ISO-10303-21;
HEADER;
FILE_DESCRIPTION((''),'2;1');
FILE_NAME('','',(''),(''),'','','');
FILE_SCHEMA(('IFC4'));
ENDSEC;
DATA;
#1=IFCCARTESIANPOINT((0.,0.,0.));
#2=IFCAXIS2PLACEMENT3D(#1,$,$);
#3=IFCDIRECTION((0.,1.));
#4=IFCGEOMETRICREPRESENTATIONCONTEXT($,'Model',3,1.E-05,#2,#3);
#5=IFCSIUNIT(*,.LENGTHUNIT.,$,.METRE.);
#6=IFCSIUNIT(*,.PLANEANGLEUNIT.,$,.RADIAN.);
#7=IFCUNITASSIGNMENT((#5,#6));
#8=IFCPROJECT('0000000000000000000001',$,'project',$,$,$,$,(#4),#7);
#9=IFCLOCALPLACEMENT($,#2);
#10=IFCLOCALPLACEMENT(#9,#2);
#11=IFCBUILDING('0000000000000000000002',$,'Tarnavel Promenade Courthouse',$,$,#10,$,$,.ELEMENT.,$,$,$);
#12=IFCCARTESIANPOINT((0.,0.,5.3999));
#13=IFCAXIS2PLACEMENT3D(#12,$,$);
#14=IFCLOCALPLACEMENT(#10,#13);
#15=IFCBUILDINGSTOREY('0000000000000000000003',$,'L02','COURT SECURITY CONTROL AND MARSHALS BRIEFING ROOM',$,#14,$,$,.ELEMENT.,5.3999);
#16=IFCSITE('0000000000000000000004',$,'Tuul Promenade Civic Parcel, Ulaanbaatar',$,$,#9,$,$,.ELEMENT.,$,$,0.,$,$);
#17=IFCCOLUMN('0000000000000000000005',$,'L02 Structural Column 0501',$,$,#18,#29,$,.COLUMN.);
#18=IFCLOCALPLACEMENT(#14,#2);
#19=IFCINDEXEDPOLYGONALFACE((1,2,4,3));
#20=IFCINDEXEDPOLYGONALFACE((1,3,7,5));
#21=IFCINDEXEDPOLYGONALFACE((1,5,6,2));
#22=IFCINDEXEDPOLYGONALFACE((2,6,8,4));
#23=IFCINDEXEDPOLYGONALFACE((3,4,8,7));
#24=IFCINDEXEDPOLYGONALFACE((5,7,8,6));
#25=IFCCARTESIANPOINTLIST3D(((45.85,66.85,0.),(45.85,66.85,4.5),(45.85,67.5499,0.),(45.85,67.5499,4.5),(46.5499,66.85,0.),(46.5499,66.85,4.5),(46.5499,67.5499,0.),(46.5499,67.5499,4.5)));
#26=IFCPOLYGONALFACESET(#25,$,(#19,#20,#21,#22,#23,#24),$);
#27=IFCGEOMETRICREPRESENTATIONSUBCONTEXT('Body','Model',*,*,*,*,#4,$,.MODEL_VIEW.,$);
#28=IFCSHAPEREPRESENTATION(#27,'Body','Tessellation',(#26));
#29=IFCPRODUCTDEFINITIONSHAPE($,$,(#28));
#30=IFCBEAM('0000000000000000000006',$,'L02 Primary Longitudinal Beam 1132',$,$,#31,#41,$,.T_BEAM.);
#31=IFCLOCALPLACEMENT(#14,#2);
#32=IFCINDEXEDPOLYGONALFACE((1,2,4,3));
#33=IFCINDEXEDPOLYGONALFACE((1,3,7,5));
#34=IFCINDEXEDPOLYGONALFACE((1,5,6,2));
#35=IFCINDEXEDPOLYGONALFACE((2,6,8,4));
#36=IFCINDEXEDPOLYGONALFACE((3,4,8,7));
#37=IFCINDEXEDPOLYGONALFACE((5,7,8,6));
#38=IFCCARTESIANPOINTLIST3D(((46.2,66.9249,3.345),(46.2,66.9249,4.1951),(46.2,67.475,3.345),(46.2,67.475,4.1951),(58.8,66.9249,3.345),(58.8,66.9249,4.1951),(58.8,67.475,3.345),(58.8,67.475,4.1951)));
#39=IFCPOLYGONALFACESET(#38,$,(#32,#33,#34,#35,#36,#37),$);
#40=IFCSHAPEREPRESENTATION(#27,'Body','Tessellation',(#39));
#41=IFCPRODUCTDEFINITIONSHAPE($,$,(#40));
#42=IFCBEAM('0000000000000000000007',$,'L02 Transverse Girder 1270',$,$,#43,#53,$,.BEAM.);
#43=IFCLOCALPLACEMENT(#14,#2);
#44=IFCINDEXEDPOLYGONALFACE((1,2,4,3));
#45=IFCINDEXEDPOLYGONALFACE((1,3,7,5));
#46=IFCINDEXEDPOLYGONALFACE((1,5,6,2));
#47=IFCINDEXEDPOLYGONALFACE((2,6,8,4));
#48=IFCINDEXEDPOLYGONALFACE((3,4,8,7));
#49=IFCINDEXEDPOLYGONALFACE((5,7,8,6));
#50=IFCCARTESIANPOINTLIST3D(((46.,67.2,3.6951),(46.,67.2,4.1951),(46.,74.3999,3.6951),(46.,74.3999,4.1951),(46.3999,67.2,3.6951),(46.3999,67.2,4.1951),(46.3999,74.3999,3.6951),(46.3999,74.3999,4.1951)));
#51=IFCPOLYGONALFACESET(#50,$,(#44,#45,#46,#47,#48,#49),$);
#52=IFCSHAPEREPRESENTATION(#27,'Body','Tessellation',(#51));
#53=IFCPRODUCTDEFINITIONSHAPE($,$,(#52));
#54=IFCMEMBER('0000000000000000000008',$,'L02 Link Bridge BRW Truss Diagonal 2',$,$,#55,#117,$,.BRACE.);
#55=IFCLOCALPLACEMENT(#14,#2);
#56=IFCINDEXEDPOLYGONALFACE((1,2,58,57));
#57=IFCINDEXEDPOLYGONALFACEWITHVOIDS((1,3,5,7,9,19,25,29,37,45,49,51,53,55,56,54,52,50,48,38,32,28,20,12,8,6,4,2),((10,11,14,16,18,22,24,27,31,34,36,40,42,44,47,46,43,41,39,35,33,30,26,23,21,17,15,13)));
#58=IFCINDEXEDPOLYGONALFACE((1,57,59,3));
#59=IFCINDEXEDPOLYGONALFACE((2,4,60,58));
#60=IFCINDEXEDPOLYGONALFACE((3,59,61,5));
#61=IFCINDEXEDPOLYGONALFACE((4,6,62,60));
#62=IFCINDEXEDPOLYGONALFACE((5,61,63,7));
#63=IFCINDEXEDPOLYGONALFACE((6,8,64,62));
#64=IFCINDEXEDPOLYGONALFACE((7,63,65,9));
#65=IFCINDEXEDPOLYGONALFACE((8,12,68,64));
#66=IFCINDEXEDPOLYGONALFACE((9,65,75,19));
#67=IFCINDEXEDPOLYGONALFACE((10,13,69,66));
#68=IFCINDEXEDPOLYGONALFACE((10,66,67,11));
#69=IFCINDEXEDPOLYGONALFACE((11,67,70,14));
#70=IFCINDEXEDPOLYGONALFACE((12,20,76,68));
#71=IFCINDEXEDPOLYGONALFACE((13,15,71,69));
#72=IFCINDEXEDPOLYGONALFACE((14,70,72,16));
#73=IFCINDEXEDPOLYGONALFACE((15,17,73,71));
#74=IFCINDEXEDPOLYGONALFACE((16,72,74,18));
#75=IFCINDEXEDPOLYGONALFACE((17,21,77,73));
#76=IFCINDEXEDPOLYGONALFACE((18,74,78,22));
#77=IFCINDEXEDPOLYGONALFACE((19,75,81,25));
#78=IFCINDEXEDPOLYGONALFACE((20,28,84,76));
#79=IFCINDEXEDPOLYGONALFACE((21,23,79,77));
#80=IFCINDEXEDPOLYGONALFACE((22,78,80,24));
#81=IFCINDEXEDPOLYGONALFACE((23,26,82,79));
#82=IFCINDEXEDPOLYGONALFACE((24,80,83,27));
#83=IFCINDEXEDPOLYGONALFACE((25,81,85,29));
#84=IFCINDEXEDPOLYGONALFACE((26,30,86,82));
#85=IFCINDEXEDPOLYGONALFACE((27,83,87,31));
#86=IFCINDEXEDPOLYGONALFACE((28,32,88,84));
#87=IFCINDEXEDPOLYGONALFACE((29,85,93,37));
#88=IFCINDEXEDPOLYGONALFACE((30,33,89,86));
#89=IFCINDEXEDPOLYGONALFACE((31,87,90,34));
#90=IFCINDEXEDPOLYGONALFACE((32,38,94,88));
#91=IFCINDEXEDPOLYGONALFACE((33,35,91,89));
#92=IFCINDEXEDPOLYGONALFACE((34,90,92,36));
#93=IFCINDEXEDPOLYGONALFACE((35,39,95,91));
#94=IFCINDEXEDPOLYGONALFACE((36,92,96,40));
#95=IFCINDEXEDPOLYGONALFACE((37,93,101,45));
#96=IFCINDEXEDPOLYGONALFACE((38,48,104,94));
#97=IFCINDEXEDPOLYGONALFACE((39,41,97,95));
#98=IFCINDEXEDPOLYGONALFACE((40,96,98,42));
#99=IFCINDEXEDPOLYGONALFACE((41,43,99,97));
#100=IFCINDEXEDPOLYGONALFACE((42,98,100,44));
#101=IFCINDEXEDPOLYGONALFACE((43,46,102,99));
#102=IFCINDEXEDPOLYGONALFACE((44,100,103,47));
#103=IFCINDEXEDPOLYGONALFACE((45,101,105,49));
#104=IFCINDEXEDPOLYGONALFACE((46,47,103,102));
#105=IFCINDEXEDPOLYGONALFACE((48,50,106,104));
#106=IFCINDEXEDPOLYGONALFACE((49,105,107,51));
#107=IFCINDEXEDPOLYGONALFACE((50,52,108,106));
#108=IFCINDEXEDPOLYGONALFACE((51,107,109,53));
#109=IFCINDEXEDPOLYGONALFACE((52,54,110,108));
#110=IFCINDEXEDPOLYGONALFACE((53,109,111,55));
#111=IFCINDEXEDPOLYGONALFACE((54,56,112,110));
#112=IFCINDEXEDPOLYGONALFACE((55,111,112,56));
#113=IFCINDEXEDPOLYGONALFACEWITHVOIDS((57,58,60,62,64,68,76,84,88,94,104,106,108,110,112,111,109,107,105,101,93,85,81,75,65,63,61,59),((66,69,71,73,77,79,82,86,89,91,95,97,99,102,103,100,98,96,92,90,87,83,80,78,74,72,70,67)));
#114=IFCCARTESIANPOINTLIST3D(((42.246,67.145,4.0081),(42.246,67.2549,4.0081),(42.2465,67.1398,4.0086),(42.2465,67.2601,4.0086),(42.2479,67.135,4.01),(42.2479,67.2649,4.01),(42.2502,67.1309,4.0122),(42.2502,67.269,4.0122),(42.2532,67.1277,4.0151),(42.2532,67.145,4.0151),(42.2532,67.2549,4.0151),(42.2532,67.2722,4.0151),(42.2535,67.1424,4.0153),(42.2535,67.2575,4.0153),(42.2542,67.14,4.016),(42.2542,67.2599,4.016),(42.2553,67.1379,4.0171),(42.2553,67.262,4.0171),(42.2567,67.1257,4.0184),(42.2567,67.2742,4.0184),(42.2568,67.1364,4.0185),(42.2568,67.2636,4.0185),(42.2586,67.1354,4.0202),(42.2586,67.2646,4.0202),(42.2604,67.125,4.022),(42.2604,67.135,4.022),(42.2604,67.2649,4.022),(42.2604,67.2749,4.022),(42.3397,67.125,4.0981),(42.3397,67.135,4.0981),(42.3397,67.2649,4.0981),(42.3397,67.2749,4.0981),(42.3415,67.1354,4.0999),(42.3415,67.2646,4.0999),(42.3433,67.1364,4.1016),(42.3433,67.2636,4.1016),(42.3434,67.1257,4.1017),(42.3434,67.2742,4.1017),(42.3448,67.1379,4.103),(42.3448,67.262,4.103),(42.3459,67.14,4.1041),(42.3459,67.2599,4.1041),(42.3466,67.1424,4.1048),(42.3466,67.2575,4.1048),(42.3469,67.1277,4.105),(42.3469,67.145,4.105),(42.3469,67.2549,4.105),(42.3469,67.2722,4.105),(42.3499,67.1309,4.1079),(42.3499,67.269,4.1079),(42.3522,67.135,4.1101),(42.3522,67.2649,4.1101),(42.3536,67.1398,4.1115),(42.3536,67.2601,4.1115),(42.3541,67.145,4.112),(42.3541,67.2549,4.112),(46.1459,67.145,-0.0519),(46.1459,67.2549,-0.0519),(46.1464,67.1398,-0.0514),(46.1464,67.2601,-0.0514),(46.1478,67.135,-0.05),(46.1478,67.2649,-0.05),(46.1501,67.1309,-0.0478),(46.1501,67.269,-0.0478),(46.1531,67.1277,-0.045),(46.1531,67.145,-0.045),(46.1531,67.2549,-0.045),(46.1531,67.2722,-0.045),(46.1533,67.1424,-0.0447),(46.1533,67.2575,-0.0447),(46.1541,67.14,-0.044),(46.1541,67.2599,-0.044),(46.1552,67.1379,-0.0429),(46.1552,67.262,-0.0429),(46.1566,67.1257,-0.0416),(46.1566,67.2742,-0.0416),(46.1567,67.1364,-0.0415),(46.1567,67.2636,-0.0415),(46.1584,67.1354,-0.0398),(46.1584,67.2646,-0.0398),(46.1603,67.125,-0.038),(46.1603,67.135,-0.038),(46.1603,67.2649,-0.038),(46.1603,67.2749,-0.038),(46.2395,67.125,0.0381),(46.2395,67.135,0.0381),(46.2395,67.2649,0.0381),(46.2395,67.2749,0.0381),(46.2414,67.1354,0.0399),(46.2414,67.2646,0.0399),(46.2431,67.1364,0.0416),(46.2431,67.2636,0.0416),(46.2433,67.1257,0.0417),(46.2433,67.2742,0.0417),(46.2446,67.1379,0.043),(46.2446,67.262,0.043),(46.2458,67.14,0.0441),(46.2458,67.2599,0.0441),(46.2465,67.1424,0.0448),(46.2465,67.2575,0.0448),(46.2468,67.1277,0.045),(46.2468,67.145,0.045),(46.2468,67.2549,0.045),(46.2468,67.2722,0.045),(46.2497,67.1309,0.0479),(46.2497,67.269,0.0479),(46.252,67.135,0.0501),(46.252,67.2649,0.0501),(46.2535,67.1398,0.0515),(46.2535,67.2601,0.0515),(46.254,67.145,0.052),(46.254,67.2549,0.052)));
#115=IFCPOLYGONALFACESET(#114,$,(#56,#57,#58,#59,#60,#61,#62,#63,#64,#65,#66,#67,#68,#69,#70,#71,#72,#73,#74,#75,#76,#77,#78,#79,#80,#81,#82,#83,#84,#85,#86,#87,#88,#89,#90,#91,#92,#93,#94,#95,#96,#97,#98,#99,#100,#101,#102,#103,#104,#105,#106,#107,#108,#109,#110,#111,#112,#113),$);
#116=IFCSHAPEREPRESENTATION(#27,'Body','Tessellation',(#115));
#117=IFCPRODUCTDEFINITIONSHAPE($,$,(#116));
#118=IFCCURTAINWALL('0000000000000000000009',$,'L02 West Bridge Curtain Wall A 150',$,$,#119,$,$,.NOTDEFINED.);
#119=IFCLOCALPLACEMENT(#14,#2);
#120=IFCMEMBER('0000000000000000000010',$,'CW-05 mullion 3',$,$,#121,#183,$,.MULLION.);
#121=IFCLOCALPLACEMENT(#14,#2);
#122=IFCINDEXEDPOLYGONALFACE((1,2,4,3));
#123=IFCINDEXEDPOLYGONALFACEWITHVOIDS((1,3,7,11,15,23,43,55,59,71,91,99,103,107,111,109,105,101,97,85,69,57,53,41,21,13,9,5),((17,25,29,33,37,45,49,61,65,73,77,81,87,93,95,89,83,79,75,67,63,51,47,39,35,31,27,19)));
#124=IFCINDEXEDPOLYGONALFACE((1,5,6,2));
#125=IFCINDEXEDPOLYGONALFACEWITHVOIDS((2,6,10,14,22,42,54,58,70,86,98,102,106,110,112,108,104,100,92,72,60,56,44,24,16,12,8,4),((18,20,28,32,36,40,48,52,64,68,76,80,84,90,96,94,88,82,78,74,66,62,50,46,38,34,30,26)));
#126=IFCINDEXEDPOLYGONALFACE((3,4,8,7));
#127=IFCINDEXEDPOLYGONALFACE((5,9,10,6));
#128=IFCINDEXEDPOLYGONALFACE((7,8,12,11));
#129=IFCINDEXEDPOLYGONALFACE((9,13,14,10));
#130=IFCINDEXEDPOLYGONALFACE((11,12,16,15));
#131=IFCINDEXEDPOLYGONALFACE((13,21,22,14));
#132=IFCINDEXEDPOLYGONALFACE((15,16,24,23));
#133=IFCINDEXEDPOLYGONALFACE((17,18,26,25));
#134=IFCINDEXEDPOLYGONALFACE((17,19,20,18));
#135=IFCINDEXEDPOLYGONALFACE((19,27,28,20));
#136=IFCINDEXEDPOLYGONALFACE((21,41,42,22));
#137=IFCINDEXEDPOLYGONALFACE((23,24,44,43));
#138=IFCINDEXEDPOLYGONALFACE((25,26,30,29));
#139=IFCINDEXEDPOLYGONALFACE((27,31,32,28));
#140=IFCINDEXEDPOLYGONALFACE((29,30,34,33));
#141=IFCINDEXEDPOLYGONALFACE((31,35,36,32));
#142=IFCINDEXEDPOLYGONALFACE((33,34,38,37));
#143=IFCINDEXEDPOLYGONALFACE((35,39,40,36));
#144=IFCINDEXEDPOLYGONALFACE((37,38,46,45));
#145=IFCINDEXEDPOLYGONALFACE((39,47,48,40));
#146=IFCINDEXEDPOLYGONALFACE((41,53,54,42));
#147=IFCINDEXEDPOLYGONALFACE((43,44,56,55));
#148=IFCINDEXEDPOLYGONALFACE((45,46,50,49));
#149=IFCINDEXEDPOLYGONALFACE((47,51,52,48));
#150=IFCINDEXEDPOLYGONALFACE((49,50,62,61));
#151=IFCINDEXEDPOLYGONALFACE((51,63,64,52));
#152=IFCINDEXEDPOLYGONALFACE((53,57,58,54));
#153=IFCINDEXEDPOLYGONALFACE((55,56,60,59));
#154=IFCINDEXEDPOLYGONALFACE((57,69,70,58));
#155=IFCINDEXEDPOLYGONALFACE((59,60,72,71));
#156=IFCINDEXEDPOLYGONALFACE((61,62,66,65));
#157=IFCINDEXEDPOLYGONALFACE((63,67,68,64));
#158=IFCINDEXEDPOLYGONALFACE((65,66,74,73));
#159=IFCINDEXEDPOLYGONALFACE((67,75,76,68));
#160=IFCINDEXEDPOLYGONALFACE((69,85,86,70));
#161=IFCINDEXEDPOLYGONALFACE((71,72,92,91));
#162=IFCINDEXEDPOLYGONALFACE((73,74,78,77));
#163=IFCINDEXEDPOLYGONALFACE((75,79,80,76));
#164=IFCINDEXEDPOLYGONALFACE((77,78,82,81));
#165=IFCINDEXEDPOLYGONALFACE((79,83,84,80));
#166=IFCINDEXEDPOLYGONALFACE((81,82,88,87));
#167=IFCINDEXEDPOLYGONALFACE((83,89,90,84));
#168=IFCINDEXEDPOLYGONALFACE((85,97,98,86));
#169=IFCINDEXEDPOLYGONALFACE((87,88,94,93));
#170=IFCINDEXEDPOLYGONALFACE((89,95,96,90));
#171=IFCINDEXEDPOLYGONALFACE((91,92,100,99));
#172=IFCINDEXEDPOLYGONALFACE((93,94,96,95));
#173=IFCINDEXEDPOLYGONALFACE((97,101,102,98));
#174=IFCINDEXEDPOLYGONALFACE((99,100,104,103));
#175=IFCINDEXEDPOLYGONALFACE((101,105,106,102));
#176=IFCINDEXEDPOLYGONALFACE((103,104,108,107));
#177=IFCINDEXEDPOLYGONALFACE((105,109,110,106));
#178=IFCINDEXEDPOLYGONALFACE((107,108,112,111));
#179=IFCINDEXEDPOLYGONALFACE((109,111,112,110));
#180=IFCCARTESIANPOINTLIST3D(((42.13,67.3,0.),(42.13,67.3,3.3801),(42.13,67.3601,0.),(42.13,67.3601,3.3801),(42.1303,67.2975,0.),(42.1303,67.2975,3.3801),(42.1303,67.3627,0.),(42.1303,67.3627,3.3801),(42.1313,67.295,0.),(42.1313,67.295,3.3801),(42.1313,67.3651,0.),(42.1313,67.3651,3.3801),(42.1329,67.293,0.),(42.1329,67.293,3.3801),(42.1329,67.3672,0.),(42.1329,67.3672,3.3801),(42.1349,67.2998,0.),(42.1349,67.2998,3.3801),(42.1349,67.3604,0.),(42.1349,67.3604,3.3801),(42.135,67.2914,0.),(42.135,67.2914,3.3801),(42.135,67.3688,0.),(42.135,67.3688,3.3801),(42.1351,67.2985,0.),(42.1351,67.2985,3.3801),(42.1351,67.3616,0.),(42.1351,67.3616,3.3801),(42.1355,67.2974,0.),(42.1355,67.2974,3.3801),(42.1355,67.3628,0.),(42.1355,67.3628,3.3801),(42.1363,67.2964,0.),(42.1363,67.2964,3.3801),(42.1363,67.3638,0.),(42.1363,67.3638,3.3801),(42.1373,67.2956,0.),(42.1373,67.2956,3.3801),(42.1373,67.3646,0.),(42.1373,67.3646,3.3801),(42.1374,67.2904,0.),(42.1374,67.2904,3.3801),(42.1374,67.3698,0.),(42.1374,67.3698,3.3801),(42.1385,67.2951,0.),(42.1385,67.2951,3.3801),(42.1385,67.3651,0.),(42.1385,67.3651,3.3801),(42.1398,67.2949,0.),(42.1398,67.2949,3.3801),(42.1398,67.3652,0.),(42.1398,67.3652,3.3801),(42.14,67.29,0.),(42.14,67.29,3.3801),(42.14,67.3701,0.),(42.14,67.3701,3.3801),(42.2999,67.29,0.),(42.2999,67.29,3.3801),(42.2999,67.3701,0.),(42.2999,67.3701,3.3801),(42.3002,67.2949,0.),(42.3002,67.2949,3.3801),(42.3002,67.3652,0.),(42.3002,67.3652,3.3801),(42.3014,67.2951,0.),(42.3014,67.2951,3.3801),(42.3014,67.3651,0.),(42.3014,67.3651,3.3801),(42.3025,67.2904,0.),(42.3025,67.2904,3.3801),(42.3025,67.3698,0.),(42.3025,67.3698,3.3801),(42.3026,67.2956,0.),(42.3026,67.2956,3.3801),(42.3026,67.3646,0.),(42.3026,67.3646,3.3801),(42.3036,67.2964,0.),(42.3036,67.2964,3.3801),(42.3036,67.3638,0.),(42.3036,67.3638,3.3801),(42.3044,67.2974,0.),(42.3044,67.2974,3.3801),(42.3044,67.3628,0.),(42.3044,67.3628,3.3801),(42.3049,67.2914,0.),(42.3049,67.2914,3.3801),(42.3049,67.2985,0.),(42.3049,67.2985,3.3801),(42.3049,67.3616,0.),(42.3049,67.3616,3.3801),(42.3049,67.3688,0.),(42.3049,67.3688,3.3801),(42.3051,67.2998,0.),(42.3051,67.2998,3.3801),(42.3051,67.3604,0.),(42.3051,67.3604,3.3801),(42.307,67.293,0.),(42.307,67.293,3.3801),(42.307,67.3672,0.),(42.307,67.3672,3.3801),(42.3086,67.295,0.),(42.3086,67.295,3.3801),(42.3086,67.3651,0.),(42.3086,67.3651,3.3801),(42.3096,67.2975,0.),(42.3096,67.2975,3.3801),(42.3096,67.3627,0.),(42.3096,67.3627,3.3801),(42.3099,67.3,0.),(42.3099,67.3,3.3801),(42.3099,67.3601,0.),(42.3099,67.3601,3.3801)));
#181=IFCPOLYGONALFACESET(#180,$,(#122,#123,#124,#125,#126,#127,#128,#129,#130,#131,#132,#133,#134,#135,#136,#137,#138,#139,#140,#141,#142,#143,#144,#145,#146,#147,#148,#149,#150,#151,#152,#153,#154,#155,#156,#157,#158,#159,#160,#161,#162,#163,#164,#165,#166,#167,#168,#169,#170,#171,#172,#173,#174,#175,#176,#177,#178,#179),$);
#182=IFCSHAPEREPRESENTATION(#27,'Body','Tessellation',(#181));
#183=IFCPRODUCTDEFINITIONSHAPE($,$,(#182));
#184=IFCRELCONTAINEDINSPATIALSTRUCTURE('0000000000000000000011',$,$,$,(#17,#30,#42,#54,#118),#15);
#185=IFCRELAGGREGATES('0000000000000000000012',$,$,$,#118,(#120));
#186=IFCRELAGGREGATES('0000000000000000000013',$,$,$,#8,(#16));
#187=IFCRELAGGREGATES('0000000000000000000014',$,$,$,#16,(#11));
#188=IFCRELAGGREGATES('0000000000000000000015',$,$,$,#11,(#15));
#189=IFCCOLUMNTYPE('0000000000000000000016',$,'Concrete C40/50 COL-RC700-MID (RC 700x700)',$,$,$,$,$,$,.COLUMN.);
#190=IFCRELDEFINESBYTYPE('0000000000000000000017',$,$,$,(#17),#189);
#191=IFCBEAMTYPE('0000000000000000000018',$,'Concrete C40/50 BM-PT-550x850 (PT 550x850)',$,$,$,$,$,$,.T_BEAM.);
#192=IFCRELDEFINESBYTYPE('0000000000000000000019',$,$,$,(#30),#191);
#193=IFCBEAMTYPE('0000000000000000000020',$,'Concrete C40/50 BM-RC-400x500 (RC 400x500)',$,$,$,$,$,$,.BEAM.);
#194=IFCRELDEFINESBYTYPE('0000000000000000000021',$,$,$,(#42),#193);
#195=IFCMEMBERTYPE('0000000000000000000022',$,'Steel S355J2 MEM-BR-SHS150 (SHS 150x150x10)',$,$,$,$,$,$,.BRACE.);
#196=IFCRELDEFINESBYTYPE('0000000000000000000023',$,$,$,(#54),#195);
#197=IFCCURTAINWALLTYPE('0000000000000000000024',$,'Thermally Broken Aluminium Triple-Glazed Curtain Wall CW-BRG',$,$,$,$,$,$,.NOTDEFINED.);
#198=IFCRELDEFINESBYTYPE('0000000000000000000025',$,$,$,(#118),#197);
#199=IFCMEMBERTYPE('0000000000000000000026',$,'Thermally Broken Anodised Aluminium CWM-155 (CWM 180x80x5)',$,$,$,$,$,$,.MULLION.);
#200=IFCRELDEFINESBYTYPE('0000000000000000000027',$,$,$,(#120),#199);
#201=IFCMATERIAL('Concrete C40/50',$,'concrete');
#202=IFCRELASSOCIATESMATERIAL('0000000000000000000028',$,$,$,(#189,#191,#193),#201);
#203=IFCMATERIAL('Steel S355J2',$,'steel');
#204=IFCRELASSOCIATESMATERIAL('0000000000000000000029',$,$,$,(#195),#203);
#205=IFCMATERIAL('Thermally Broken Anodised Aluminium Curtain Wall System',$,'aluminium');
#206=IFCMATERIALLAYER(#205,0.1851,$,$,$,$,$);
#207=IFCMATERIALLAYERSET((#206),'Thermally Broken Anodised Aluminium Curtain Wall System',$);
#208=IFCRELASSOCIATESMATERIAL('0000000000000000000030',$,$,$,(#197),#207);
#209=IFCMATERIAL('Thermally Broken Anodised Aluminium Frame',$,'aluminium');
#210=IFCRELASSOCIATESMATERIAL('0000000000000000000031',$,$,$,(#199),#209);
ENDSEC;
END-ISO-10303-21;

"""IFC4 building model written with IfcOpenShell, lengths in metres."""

from ifc_helpers import new_model, si_unit, direction, frame, origin, origin_2d, place, context, subcontext, project, spatial, rectangle, hollow_rectangle, extrude, material, layer, layer_set, material_profile, profile_set, type_object, element, aggregate, save


model = new_model("IFC4")

# Units and contexts
model_context = context("Model", 3, precision=1e-05, world=origin(), true_north=direction((0.0, 1.0)))
body_context = subcontext(model_context, "Body", "Model", "MODEL_VIEW")
ifc_project = project(units=[si_unit("LENGTHUNIT", "METRE"), si_unit("PLANEANGLEUNIT", "RADIAN")], contexts=[model_context])

# Site, building, storey
site_placement = place(None, origin())
site = spatial("IfcSite", under=ifc_project, at=site_placement, Name="Tuul Promenade Civic Parcel, Ulaanbaatar", CompositionType="ELEMENT", RefElevation=0.0)
building_placement = place(site_placement, origin())
building = spatial("IfcBuilding", under=site, at=building_placement, Name="Tarnavel Promenade Courthouse", CompositionType="ELEMENT")
storey_placement = place(building_placement, frame((0.0, 0.0, 5.3999)))
storey = spatial("IfcBuildingStorey", under=building, at=storey_placement, Name="L02", Description="COURT SECURITY CONTROL AND MARSHALS BRIEFING ROOM", CompositionType="ELEMENT", Elevation=5.3999)

# Column
ifc_material_1 = material(Name="Concrete C40/50", Category="concrete")
ifc_material_profile_1 = material_profile(ifc_material_1, rectangle(XDim=0.7, YDim=0.7, at=origin_2d()), Name="RC 700x700")
ifc_profile_set_1 = profile_set([ifc_material_profile_1], Name="Concrete C40/50")
column_type = type_object("IfcColumnType", Name="Concrete C40/50 COL-RC700-MID (RC 700x700)", PredefinedType="COLUMN", material=ifc_profile_set_1)
column_placement = place(storey_placement, frame((46.2, 67.2, 0.0), z_axis=(0.0, 0.0, 1.0), x_axis=(1.0, 0.0, 0.0)))
element("IfcColumn", 1, at=column_placement, inside=storey, type_object=column_type, Name="L02 Structural Column 0501", PredefinedType="COLUMN", context=body_context, shape_type="SweptSolid", body=[
    extrude(rectangle(XDim=0.7, YDim=0.7, at=origin_2d()), origin(), (0.0, 0.0, 1.0), 4.5),
])

# Beams
ifc_material_profile_2 = material_profile(ifc_material_1, rectangle(XDim=0.55, YDim=0.8501, at=origin_2d()), Name="PT 550x850")
ifc_profile_set_2 = profile_set([ifc_material_profile_2], Name="Concrete C40/50")
beam_type_1 = type_object("IfcBeamType", Name="Concrete C40/50 BM-PT-550x850 (PT 550x850)", PredefinedType="T_BEAM", material=ifc_profile_set_2)
beam_1_placement = place(storey_placement, frame((46.2, 67.2, 3.77), z_axis=(1.0, 0.0, 0.0), x_axis=(0.0, 1.0, 0.0)))
element("IfcBeam", 2, at=beam_1_placement, inside=storey, type_object=beam_type_1, Name="L02 Primary Longitudinal Beam 1132", PredefinedType="T_BEAM", context=body_context, shape_type="SweptSolid", body=[
    extrude(rectangle(XDim=0.55, YDim=0.8501, at=origin_2d()), origin(), (0.0, 0.0, 1.0), 12.6001),
])
ifc_material_profile_3 = material_profile(ifc_material_1, rectangle(XDim=0.3999, YDim=0.5, at=origin_2d()), Name="RC 400x500")
ifc_profile_set_3 = profile_set([ifc_material_profile_3], Name="Concrete C40/50")
beam_type_2 = type_object("IfcBeamType", Name="Concrete C40/50 BM-RC-400x500 (RC 400x500)", PredefinedType="BEAM", material=ifc_profile_set_3)
beam_2_placement = place(storey_placement, frame((46.2, 67.2, 3.9451), z_axis=(0.0, 1.0, 0.0), x_axis=(-1.0, 0.0, 0.0)))
element("IfcBeam", 3, at=beam_2_placement, inside=storey, type_object=beam_type_2, Name="L02 Transverse Girder 1270", PredefinedType="BEAM", context=body_context, shape_type="SweptSolid", body=[
    extrude(rectangle(XDim=0.3999, YDim=0.5, at=origin_2d()), origin(), (0.0, 0.0, 1.0), 7.2),
])

# Member
ifc_material_2 = material(Name="Steel S355J2", Category="steel")
ifc_material_profile_4 = material_profile(ifc_material_2, hollow_rectangle(XDim=0.1499, YDim=0.1499, WallThickness=0.01, InnerFilletRadius=0.01, OuterFilletRadius=0.02, at=origin_2d()), Name="SHS 150x150x10")
ifc_profile_set_4 = profile_set([ifc_material_profile_4], Name="Steel S355J2")
member_type_1 = type_object("IfcMemberType", Name="Steel S355J2 MEM-BR-SHS150 (SHS 150x150x10)", PredefinedType="BRACE", material=ifc_profile_set_4)
member_1_placement = place(storey_placement, frame((42.3, 67.2, 4.0601), z_axis=(0.692739, 0.0, -0.721188), x_axis=(0.0, 1.0, 0.0)))
element("IfcMember", 4, at=member_1_placement, inside=storey, type_object=member_type_1, Name="L02 Link Bridge BRW Truss Diagonal 2", PredefinedType="BRACE", context=body_context, shape_type="SweptSolid", body=[
    extrude(hollow_rectangle(XDim=0.1499, YDim=0.1499, WallThickness=0.01, InnerFilletRadius=0.01, OuterFilletRadius=0.02, at=origin_2d()), origin(), (0.0, 0.0, 1.0), 5.6296),
])

# Curtain wall, member
ifc_material_3 = material(Name="Thermally Broken Anodised Aluminium Curtain Wall System", Category="aluminium")
ifc_layer_1 = layer(ifc_material_3, 0.1851)
ifc_layer_set_1 = layer_set([ifc_layer_1], Name="Thermally Broken Anodised Aluminium Curtain Wall System")
curtain_wall_type = type_object("IfcCurtainWallType", Name="Thermally Broken Aluminium Triple-Glazed Curtain Wall CW-BRG", PredefinedType="NOTDEFINED", material=ifc_layer_set_1)
curtain_wall_1_placement = place(storey_placement, origin())
curtain_wall_1 = element("IfcCurtainWall", 5, at=curtain_wall_1_placement, inside=storey, type_object=curtain_wall_type, Name="L02 West Bridge Curtain Wall A 150", PredefinedType="NOTDEFINED")
ifc_material_4 = material(Name="Thermally Broken Anodised Aluminium Frame", Category="aluminium")
ifc_material_profile_5 = material_profile(ifc_material_4, hollow_rectangle(XDim=0.0801, YDim=0.1799, WallThickness=0.0049, InnerFilletRadius=0.0049, OuterFilletRadius=0.01, at=origin_2d()), Name="CWM 180x80x5")
ifc_profile_set_5 = profile_set([ifc_material_profile_5], Name="Thermally Broken Anodised Aluminium Frame")
member_type_2 = type_object("IfcMemberType", Name="Thermally Broken Anodised Aluminium CWM-155 (CWM 180x80x5)", PredefinedType="MULLION", material=ifc_profile_set_5)
member_2_placement = place(storey_placement, frame((42.22, 67.3301, 0.0), z_axis=(0.0, 0.0, 1.0), x_axis=(0.0, 1.0, 0.0)))
member_2 = element("IfcMember", 6, at=member_2_placement, type_object=member_type_2, Name="CW-05 mullion 3", PredefinedType="MULLION", context=body_context, shape_type="SweptSolid", body=[
    extrude(hollow_rectangle(XDim=0.0801, YDim=0.1799, WallThickness=0.0049, InnerFilletRadius=0.0049, OuterFilletRadius=0.01, at=origin_2d()), origin(), (0.0, 0.0, 1.0), 3.3801),
])
aggregate(curtain_wall_1, [member_2])

save(model, "model.ifc")
